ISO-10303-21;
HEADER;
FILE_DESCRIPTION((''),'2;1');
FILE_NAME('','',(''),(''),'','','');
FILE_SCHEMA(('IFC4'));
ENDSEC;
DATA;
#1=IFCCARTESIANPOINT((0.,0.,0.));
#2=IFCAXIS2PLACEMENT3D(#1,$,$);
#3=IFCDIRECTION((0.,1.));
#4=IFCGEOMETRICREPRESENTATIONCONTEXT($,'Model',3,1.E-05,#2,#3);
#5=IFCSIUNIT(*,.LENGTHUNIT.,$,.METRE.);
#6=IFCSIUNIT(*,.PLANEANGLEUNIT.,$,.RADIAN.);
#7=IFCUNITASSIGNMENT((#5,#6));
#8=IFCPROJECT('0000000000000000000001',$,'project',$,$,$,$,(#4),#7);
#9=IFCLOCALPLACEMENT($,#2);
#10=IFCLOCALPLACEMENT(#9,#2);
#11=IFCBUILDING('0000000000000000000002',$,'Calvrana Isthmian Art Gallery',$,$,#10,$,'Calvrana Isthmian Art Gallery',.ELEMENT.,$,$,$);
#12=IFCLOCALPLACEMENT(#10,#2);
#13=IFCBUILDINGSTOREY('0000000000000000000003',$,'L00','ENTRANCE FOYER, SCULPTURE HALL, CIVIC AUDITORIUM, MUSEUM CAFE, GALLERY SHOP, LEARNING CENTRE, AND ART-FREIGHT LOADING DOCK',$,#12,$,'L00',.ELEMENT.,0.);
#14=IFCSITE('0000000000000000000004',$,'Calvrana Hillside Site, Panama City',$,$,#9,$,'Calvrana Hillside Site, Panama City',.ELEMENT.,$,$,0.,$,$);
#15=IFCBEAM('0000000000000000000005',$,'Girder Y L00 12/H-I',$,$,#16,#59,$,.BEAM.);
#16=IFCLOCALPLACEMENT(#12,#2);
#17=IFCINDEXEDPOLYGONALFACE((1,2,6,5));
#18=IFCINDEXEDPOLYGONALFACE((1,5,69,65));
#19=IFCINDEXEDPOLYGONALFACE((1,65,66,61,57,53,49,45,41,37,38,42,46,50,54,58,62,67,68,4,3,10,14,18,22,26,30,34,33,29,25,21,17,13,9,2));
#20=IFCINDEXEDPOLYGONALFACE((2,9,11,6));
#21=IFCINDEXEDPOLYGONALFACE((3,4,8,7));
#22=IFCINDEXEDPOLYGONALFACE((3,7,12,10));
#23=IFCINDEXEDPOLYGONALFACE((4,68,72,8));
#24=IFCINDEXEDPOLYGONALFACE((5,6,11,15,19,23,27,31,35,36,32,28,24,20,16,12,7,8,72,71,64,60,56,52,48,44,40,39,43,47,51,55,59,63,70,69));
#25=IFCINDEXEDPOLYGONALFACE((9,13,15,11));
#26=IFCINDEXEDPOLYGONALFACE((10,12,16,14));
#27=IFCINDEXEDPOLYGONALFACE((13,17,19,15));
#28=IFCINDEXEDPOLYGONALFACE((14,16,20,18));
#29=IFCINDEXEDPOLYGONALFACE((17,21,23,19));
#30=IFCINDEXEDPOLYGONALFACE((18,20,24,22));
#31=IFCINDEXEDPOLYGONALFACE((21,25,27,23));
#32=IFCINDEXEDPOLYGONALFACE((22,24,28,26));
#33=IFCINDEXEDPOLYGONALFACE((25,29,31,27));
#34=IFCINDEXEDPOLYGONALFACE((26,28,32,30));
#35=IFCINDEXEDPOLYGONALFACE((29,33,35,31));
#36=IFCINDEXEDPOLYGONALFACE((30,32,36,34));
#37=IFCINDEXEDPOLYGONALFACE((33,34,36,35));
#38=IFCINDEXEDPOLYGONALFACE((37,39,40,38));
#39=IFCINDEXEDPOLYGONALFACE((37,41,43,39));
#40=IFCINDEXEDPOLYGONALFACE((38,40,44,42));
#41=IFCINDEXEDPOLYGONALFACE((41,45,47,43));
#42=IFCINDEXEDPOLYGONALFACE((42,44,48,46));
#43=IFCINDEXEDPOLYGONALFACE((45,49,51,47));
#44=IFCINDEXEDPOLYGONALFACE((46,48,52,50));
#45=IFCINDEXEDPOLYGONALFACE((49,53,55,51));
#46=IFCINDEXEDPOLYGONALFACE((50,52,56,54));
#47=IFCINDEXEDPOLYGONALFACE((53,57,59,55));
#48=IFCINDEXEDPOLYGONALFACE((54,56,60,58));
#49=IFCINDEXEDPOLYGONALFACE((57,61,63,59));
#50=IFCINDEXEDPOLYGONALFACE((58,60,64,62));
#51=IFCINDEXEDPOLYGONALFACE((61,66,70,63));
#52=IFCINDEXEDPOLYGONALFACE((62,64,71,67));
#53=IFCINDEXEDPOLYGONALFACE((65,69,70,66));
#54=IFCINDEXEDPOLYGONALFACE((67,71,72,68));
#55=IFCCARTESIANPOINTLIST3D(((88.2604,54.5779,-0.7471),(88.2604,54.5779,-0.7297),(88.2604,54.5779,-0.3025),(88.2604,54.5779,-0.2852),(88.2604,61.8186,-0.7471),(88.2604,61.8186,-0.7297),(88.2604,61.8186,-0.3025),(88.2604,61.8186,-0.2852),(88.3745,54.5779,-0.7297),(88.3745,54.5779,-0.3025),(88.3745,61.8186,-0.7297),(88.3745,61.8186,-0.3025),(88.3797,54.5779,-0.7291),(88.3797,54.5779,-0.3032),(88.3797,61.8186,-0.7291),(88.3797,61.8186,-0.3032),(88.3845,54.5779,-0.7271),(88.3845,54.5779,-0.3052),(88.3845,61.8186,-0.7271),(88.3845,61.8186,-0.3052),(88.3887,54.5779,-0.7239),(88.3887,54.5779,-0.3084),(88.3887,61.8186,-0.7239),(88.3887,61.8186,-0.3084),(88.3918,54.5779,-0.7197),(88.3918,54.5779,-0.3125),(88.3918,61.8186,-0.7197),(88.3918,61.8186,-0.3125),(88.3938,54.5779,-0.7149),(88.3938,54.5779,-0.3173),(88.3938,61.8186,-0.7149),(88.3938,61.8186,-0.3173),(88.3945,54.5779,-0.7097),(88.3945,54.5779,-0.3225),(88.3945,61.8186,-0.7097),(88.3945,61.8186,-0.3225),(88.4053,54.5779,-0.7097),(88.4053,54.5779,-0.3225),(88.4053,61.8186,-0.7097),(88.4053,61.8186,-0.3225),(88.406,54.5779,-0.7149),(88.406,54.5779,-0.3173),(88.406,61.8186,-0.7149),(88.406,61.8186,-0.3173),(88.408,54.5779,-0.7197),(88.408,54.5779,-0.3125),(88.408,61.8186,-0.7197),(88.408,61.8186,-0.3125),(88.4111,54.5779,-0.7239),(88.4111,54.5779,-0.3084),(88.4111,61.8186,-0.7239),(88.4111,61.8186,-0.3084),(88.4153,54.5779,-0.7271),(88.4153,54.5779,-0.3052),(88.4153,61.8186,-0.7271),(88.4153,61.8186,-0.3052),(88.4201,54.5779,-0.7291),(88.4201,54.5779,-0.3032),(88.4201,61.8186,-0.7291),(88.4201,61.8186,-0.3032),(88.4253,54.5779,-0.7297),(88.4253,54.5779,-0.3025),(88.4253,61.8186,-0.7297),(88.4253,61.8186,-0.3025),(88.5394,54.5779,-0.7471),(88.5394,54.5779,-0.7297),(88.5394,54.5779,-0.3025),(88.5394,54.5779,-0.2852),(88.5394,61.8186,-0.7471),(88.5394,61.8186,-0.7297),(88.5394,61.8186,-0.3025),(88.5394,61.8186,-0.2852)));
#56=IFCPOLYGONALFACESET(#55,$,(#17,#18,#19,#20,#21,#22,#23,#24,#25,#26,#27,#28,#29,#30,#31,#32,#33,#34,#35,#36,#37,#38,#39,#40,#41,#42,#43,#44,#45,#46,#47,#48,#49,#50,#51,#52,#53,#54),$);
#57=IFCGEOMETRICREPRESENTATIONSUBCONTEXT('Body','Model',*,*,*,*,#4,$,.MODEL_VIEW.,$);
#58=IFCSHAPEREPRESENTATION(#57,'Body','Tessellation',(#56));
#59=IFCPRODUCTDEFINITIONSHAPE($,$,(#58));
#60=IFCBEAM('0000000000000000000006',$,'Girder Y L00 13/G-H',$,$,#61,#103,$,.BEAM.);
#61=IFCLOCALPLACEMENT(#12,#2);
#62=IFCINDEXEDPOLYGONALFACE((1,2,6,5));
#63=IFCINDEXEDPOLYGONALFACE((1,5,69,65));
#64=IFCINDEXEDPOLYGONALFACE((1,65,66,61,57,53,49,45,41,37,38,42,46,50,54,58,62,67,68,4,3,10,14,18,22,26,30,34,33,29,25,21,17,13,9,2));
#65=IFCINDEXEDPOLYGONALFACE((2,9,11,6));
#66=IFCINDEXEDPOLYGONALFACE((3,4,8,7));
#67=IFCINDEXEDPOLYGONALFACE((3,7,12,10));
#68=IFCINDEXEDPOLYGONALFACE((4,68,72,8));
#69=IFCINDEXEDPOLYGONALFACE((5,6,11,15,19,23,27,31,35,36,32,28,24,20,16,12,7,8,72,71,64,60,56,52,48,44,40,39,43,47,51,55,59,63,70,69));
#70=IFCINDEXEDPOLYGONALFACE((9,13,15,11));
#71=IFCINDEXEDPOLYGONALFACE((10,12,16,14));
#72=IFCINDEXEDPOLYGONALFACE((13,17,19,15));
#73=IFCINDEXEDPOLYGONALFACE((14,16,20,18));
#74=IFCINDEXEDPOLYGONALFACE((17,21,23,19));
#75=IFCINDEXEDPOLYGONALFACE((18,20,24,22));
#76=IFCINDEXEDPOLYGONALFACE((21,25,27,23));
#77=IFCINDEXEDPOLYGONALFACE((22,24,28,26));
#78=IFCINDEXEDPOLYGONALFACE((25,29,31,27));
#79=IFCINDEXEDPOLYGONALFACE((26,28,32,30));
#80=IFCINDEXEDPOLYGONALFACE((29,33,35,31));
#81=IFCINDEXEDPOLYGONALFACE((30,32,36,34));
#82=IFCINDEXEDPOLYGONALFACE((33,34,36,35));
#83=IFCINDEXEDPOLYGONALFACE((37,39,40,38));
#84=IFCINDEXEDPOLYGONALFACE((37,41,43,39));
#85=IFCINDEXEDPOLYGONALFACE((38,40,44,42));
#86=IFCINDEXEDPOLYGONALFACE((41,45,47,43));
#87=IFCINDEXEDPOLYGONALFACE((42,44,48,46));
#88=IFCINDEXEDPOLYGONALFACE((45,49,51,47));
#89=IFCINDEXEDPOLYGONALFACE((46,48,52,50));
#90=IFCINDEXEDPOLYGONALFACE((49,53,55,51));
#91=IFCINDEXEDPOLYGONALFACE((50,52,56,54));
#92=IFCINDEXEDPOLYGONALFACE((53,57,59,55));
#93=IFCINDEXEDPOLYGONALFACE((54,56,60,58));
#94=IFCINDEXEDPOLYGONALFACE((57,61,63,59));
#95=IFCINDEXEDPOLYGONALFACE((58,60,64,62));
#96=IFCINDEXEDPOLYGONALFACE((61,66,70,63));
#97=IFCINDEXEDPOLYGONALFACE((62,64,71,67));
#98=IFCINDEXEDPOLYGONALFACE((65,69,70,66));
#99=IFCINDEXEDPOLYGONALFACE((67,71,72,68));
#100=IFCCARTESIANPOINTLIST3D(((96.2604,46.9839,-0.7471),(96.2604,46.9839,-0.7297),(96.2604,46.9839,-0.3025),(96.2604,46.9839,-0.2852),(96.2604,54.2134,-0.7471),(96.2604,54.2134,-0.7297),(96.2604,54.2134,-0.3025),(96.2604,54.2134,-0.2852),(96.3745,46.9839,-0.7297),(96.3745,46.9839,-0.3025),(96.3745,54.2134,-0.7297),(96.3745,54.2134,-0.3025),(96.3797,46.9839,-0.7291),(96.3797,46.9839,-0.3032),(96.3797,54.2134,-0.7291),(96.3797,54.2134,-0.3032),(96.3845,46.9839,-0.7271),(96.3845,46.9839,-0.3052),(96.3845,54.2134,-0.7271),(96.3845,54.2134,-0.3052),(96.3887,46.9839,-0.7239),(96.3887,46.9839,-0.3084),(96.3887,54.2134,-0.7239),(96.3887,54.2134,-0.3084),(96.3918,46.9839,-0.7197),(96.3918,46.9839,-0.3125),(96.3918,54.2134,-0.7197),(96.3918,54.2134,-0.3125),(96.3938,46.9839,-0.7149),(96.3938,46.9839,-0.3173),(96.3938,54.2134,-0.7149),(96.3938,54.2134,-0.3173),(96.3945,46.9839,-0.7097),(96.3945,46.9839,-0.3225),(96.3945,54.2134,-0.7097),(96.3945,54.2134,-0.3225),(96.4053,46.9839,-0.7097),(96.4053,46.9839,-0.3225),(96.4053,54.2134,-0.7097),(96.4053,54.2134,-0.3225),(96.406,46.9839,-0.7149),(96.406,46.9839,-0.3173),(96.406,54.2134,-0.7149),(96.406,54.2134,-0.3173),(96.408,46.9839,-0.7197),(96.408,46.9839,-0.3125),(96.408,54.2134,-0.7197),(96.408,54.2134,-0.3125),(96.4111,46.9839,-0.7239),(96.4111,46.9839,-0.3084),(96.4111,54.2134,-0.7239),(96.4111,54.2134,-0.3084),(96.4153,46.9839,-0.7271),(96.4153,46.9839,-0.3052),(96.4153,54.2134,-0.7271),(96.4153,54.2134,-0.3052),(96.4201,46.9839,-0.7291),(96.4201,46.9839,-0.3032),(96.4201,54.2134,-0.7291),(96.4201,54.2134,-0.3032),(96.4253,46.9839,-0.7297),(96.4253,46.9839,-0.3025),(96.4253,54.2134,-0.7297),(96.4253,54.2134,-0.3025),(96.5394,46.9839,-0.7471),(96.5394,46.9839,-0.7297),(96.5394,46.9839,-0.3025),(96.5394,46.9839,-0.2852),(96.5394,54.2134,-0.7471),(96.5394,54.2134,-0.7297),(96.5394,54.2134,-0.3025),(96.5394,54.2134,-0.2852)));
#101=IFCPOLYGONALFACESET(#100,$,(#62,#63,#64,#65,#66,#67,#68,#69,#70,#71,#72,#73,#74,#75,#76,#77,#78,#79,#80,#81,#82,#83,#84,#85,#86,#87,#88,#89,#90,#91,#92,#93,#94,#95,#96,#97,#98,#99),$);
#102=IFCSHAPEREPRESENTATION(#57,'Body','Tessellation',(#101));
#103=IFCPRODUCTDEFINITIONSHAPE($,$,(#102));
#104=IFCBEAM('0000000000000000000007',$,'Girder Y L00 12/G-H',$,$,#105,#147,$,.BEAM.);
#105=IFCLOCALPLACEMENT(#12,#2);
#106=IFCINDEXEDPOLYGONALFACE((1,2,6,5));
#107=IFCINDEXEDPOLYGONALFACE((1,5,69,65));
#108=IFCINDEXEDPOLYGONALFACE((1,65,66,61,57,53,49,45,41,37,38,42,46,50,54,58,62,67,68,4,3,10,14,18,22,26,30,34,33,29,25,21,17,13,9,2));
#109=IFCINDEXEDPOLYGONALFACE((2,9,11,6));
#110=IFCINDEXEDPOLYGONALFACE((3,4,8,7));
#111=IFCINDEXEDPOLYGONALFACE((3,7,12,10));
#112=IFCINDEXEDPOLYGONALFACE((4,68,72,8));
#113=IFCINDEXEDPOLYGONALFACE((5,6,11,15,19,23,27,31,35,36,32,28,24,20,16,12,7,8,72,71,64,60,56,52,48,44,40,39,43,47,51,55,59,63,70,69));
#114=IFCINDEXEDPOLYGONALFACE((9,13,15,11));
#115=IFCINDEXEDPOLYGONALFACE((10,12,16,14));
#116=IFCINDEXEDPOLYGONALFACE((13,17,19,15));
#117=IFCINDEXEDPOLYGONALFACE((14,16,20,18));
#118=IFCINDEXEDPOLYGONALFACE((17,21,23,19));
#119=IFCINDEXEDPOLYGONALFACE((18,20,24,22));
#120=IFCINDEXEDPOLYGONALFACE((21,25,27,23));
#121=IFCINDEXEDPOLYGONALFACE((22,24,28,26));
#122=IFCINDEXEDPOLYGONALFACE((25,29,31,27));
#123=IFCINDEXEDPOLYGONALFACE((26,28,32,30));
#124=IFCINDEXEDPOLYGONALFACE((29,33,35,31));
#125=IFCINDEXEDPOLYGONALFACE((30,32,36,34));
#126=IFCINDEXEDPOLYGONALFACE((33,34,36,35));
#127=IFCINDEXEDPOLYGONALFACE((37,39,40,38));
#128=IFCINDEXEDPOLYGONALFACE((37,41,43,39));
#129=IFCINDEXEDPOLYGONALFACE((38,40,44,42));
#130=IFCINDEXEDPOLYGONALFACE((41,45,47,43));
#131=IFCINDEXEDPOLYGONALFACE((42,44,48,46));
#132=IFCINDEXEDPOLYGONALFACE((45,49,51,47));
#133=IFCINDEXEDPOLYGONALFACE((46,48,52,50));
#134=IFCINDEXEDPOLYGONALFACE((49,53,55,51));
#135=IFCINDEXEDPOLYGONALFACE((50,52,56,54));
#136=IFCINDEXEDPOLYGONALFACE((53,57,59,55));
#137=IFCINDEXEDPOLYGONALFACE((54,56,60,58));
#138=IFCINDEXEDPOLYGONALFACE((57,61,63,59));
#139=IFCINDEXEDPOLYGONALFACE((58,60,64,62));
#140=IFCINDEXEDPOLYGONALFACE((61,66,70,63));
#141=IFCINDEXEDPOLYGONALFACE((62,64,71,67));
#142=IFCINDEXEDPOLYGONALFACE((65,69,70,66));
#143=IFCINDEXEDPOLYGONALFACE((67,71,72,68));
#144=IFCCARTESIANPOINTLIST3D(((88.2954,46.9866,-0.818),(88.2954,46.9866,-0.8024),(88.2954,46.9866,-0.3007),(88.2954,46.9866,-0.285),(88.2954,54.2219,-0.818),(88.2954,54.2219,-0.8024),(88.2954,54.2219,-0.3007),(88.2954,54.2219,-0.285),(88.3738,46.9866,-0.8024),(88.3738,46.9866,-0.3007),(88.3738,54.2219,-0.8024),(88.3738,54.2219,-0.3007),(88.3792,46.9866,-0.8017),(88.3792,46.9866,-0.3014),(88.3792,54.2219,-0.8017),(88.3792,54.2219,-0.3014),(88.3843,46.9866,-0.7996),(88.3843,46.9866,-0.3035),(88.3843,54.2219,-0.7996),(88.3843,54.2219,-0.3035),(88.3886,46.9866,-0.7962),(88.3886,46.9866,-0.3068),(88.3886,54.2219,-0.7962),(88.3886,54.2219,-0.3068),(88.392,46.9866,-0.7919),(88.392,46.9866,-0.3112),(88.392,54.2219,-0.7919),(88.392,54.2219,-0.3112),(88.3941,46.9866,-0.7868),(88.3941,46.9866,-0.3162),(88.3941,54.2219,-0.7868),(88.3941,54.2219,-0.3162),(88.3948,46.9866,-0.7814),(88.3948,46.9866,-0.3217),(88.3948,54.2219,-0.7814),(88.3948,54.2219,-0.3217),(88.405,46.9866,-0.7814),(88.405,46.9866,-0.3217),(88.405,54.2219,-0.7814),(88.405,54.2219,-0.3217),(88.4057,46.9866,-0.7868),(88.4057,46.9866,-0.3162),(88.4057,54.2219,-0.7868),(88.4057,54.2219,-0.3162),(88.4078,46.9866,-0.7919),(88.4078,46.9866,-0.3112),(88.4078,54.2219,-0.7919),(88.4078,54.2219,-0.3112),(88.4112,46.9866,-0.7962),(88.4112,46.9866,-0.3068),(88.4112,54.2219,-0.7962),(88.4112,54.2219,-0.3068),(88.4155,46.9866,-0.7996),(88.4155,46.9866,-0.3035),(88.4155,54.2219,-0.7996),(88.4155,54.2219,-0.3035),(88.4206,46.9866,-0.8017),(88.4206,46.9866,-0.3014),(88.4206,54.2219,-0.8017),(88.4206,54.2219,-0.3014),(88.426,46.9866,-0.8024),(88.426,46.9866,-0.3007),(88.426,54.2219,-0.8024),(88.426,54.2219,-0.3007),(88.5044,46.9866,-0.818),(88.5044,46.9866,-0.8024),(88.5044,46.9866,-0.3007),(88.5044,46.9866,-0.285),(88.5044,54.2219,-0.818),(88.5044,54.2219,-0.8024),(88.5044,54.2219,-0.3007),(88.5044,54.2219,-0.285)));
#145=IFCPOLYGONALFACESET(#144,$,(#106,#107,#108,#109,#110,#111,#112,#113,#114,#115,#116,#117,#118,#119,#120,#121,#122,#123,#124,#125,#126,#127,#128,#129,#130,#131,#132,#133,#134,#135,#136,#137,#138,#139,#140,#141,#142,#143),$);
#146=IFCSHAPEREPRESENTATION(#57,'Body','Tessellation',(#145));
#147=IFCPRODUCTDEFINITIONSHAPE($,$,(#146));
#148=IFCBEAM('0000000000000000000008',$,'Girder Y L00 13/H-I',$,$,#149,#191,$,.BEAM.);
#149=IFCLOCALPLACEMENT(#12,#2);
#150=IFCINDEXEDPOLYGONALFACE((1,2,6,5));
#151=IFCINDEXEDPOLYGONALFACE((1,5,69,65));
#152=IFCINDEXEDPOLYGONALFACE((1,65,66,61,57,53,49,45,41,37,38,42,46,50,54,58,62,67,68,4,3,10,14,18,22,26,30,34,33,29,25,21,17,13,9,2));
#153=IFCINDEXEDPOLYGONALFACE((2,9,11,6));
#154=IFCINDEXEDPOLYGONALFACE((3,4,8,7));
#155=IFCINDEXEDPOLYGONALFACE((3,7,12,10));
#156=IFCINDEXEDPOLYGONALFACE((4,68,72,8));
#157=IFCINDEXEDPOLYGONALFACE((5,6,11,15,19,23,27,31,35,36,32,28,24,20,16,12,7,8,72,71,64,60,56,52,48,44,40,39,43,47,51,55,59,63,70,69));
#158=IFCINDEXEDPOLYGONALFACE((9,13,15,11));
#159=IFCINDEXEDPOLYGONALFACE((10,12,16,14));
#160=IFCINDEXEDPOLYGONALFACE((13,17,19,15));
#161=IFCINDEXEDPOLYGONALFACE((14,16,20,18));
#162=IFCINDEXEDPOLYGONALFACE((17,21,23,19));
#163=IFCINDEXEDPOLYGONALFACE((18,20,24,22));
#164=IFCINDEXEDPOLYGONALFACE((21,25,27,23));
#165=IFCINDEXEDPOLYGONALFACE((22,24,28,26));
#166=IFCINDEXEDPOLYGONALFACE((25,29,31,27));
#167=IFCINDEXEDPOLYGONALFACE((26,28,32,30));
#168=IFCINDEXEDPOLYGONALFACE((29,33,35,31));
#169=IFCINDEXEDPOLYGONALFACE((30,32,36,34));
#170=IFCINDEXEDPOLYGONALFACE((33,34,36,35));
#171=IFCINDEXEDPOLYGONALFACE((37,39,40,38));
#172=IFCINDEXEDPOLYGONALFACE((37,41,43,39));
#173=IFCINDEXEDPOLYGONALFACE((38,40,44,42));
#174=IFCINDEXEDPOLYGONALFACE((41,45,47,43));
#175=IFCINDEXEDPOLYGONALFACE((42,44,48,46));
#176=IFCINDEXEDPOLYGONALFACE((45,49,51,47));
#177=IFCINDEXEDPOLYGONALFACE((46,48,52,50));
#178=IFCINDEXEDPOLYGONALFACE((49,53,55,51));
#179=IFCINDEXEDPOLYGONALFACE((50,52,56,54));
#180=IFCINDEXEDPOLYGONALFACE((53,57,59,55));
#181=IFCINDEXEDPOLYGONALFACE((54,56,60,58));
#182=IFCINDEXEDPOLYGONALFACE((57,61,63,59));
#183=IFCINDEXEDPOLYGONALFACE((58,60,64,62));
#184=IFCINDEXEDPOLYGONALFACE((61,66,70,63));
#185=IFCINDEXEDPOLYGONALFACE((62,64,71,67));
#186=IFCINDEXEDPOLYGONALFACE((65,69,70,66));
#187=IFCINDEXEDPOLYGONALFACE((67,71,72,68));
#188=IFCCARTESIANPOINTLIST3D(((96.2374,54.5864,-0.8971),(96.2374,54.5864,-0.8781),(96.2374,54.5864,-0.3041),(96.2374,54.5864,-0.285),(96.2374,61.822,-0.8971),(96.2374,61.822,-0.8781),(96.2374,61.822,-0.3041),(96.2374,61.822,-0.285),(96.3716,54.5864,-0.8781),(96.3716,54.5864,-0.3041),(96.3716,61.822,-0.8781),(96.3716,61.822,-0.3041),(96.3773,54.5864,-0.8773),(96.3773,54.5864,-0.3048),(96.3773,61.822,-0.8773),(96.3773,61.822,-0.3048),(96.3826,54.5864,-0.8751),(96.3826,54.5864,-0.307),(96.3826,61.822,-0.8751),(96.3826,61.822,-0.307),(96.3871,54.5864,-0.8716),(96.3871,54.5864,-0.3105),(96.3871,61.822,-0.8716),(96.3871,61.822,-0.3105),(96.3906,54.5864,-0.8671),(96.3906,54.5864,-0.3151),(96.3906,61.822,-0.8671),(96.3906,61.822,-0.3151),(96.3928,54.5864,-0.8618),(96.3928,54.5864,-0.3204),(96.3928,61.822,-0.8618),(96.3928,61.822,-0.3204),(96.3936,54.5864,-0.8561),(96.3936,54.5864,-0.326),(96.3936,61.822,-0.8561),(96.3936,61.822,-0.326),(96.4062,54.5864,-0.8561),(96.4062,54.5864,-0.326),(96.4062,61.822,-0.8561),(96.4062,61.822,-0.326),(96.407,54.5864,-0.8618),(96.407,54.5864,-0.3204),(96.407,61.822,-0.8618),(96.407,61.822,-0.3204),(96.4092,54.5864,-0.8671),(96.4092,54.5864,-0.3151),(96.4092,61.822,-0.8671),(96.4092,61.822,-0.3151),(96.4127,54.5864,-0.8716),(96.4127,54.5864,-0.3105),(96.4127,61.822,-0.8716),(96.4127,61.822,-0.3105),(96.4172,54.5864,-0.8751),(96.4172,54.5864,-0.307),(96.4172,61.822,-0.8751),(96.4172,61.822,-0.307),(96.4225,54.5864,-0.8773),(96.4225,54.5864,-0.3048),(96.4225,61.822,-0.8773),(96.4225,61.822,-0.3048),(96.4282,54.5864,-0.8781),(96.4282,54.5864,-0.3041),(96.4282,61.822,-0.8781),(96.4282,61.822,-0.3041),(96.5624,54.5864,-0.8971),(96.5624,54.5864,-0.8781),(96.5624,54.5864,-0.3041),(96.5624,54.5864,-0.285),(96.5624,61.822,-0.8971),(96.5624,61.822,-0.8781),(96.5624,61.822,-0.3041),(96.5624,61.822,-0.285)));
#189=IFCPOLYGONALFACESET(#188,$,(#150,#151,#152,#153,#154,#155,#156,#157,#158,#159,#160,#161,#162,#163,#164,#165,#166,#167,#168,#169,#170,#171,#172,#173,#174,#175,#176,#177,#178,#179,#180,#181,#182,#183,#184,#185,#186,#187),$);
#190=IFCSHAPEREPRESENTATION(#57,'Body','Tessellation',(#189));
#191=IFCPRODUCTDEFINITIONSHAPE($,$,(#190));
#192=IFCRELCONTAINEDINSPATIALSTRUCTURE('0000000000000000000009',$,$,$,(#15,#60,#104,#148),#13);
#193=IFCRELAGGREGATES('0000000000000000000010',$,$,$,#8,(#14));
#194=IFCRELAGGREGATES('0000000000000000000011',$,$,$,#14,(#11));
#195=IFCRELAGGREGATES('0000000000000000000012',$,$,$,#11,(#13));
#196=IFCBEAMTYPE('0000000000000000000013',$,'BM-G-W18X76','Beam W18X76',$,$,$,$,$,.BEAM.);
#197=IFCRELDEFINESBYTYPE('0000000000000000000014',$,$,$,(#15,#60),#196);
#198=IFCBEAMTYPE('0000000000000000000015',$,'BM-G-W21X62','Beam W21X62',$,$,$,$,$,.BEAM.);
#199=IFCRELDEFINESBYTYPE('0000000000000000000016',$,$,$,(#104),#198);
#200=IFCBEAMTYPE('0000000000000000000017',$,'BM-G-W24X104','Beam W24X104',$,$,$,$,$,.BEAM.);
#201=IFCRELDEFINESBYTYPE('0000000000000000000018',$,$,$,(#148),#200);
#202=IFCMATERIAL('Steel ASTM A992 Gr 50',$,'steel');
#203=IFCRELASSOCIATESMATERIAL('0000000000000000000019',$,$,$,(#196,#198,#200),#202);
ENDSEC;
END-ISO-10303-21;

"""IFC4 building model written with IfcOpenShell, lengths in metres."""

from ifc_helpers import new_model, si_unit, direction, frame, origin, origin_2d, place, context, subcontext, project, spatial, i_section, extrude, material, material_profile, profile_set, type_object, element, save


model = new_model("IFC4")

# Units and contexts
model_context = context("Model", 3, precision=1e-05, world=origin(), true_north=direction((0.0, 1.0)))
body_context = subcontext(model_context, "Body", "Model", "MODEL_VIEW")
ifc_project = project(units=[si_unit("LENGTHUNIT", "METRE"), si_unit("PLANEANGLEUNIT", "RADIAN")], contexts=[model_context])

# Site, building, storey
site_placement = place(None, origin())
site = spatial("IfcSite", under=ifc_project, at=site_placement, Name="Calvrana Hillside Site, Panama City", LongName="Calvrana Hillside Site, Panama City", CompositionType="ELEMENT", RefElevation=0.0)
building_placement = place(site_placement, origin())
building = spatial("IfcBuilding", under=site, at=building_placement, Name="Calvrana Isthmian Art Gallery", LongName="Calvrana Isthmian Art Gallery", CompositionType="ELEMENT")
storey_placement = place(building_placement, origin())
storey = spatial("IfcBuildingStorey", under=building, at=storey_placement, Name="L00", Description="ENTRANCE FOYER, SCULPTURE HALL, CIVIC AUDITORIUM, MUSEUM CAFE, GALLERY SHOP, LEARNING CENTRE, AND ART-FREIGHT LOADING DOCK", LongName="L00", CompositionType="ELEMENT", Elevation=0.0)

# Shared definitions
ifc_material_1 = material(Name="Steel ASTM A992 Gr 50", Category="steel")

# Beams
ifc_material_profile_1 = material_profile(ifc_material_1, i_section(OverallWidth=0.2791, OverallDepth=0.4619, WebThickness=0.0107, FlangeThickness=0.0173, FilletRadius=0.02, at=origin_2d()), Name="W18X76")
ifc_profile_set_1 = profile_set([ifc_material_profile_1], Name="Steel ASTM A992 Gr 50")
beam_type_1 = type_object("IfcBeamType", Name="BM-G-W18X76", Description="Beam W18X76", PredefinedType="BEAM", material=ifc_profile_set_1)
beam_1_placement = place(storey_placement, frame((88.3999, 54.5779, -0.5161), z_axis=(0.0, 1.0, 0.0), x_axis=(-1.0, 0.0, 0.0)))
element("IfcBeam", 1, at=beam_1_placement, inside=storey, type_object=beam_type_1, Name="Girder Y L00 12/H-I", PredefinedType="BEAM", context=body_context, shape_type="SweptSolid", body=[
    extrude(i_section(OverallWidth=0.2791, OverallDepth=0.4619, WebThickness=0.0107, FlangeThickness=0.0173, FilletRadius=0.02, at=origin_2d()), origin(), (0.0, 0.0, 1.0), 7.2407),
])
beam_2_placement = place(storey_placement, frame((96.3999, 46.9839, -0.5161), z_axis=(0.0, 1.0, 0.0), x_axis=(-1.0, 0.0, 0.0)))
element("IfcBeam", 2, at=beam_2_placement, inside=storey, type_object=beam_type_1, Name="Girder Y L00 13/G-H", PredefinedType="BEAM", context=body_context, shape_type="SweptSolid", body=[
    extrude(i_section(OverallWidth=0.2791, OverallDepth=0.4619, WebThickness=0.0107, FlangeThickness=0.0173, FilletRadius=0.02, at=origin_2d()), origin(), (0.0, 0.0, 1.0), 7.2295),
])
ifc_material_profile_2 = material_profile(ifc_material_1, i_section(OverallWidth=0.209, OverallDepth=0.533, WebThickness=0.0103, FlangeThickness=0.0156, FilletRadius=0.021, at=origin_2d()), Name="W21X62")
ifc_profile_set_2 = profile_set([ifc_material_profile_2], Name="Steel ASTM A992 Gr 50")
beam_type_2 = type_object("IfcBeamType", Name="BM-G-W21X62", Description="Beam W21X62", PredefinedType="BEAM", material=ifc_profile_set_2)
beam_3_placement = place(storey_placement, frame((88.3999, 46.9866, -0.5515), z_axis=(0.0, 1.0, 0.0), x_axis=(-1.0, 0.0, 0.0)))
element("IfcBeam", 3, at=beam_3_placement, inside=storey, type_object=beam_type_2, Name="Girder Y L00 12/G-H", PredefinedType="BEAM", context=body_context, shape_type="SweptSolid", body=[
    extrude(i_section(OverallWidth=0.209, OverallDepth=0.533, WebThickness=0.0103, FlangeThickness=0.0156, FilletRadius=0.021, at=origin_2d()), origin(), (0.0, 0.0, 1.0), 7.2354),
])
ifc_material_profile_3 = material_profile(ifc_material_1, i_section(OverallWidth=0.325, OverallDepth=0.6121, WebThickness=0.0127, FlangeThickness=0.019, FilletRadius=0.022, at=origin_2d()), Name="W24X104")
ifc_profile_set_3 = profile_set([ifc_material_profile_3], Name="Steel ASTM A992 Gr 50")
beam_type_3 = type_object("IfcBeamType", Name="BM-G-W24X104", Description="Beam W24X104", PredefinedType="BEAM", material=ifc_profile_set_3)
beam_4_placement = place(storey_placement, frame((96.3999, 54.5864, -0.5911), z_axis=(0.0, 1.0, 0.0), x_axis=(-1.0, 0.0, 0.0)))
element("IfcBeam", 4, at=beam_4_placement, inside=storey, type_object=beam_type_3, Name="Girder Y L00 13/H-I", PredefinedType="BEAM", context=body_context, shape_type="SweptSolid", body=[
    extrude(i_section(OverallWidth=0.325, OverallDepth=0.6121, WebThickness=0.0127, FlangeThickness=0.019, FilletRadius=0.022, at=origin_2d()), origin(), (0.0, 0.0, 1.0), 7.2356),
])

save(model, "model.ifc")
